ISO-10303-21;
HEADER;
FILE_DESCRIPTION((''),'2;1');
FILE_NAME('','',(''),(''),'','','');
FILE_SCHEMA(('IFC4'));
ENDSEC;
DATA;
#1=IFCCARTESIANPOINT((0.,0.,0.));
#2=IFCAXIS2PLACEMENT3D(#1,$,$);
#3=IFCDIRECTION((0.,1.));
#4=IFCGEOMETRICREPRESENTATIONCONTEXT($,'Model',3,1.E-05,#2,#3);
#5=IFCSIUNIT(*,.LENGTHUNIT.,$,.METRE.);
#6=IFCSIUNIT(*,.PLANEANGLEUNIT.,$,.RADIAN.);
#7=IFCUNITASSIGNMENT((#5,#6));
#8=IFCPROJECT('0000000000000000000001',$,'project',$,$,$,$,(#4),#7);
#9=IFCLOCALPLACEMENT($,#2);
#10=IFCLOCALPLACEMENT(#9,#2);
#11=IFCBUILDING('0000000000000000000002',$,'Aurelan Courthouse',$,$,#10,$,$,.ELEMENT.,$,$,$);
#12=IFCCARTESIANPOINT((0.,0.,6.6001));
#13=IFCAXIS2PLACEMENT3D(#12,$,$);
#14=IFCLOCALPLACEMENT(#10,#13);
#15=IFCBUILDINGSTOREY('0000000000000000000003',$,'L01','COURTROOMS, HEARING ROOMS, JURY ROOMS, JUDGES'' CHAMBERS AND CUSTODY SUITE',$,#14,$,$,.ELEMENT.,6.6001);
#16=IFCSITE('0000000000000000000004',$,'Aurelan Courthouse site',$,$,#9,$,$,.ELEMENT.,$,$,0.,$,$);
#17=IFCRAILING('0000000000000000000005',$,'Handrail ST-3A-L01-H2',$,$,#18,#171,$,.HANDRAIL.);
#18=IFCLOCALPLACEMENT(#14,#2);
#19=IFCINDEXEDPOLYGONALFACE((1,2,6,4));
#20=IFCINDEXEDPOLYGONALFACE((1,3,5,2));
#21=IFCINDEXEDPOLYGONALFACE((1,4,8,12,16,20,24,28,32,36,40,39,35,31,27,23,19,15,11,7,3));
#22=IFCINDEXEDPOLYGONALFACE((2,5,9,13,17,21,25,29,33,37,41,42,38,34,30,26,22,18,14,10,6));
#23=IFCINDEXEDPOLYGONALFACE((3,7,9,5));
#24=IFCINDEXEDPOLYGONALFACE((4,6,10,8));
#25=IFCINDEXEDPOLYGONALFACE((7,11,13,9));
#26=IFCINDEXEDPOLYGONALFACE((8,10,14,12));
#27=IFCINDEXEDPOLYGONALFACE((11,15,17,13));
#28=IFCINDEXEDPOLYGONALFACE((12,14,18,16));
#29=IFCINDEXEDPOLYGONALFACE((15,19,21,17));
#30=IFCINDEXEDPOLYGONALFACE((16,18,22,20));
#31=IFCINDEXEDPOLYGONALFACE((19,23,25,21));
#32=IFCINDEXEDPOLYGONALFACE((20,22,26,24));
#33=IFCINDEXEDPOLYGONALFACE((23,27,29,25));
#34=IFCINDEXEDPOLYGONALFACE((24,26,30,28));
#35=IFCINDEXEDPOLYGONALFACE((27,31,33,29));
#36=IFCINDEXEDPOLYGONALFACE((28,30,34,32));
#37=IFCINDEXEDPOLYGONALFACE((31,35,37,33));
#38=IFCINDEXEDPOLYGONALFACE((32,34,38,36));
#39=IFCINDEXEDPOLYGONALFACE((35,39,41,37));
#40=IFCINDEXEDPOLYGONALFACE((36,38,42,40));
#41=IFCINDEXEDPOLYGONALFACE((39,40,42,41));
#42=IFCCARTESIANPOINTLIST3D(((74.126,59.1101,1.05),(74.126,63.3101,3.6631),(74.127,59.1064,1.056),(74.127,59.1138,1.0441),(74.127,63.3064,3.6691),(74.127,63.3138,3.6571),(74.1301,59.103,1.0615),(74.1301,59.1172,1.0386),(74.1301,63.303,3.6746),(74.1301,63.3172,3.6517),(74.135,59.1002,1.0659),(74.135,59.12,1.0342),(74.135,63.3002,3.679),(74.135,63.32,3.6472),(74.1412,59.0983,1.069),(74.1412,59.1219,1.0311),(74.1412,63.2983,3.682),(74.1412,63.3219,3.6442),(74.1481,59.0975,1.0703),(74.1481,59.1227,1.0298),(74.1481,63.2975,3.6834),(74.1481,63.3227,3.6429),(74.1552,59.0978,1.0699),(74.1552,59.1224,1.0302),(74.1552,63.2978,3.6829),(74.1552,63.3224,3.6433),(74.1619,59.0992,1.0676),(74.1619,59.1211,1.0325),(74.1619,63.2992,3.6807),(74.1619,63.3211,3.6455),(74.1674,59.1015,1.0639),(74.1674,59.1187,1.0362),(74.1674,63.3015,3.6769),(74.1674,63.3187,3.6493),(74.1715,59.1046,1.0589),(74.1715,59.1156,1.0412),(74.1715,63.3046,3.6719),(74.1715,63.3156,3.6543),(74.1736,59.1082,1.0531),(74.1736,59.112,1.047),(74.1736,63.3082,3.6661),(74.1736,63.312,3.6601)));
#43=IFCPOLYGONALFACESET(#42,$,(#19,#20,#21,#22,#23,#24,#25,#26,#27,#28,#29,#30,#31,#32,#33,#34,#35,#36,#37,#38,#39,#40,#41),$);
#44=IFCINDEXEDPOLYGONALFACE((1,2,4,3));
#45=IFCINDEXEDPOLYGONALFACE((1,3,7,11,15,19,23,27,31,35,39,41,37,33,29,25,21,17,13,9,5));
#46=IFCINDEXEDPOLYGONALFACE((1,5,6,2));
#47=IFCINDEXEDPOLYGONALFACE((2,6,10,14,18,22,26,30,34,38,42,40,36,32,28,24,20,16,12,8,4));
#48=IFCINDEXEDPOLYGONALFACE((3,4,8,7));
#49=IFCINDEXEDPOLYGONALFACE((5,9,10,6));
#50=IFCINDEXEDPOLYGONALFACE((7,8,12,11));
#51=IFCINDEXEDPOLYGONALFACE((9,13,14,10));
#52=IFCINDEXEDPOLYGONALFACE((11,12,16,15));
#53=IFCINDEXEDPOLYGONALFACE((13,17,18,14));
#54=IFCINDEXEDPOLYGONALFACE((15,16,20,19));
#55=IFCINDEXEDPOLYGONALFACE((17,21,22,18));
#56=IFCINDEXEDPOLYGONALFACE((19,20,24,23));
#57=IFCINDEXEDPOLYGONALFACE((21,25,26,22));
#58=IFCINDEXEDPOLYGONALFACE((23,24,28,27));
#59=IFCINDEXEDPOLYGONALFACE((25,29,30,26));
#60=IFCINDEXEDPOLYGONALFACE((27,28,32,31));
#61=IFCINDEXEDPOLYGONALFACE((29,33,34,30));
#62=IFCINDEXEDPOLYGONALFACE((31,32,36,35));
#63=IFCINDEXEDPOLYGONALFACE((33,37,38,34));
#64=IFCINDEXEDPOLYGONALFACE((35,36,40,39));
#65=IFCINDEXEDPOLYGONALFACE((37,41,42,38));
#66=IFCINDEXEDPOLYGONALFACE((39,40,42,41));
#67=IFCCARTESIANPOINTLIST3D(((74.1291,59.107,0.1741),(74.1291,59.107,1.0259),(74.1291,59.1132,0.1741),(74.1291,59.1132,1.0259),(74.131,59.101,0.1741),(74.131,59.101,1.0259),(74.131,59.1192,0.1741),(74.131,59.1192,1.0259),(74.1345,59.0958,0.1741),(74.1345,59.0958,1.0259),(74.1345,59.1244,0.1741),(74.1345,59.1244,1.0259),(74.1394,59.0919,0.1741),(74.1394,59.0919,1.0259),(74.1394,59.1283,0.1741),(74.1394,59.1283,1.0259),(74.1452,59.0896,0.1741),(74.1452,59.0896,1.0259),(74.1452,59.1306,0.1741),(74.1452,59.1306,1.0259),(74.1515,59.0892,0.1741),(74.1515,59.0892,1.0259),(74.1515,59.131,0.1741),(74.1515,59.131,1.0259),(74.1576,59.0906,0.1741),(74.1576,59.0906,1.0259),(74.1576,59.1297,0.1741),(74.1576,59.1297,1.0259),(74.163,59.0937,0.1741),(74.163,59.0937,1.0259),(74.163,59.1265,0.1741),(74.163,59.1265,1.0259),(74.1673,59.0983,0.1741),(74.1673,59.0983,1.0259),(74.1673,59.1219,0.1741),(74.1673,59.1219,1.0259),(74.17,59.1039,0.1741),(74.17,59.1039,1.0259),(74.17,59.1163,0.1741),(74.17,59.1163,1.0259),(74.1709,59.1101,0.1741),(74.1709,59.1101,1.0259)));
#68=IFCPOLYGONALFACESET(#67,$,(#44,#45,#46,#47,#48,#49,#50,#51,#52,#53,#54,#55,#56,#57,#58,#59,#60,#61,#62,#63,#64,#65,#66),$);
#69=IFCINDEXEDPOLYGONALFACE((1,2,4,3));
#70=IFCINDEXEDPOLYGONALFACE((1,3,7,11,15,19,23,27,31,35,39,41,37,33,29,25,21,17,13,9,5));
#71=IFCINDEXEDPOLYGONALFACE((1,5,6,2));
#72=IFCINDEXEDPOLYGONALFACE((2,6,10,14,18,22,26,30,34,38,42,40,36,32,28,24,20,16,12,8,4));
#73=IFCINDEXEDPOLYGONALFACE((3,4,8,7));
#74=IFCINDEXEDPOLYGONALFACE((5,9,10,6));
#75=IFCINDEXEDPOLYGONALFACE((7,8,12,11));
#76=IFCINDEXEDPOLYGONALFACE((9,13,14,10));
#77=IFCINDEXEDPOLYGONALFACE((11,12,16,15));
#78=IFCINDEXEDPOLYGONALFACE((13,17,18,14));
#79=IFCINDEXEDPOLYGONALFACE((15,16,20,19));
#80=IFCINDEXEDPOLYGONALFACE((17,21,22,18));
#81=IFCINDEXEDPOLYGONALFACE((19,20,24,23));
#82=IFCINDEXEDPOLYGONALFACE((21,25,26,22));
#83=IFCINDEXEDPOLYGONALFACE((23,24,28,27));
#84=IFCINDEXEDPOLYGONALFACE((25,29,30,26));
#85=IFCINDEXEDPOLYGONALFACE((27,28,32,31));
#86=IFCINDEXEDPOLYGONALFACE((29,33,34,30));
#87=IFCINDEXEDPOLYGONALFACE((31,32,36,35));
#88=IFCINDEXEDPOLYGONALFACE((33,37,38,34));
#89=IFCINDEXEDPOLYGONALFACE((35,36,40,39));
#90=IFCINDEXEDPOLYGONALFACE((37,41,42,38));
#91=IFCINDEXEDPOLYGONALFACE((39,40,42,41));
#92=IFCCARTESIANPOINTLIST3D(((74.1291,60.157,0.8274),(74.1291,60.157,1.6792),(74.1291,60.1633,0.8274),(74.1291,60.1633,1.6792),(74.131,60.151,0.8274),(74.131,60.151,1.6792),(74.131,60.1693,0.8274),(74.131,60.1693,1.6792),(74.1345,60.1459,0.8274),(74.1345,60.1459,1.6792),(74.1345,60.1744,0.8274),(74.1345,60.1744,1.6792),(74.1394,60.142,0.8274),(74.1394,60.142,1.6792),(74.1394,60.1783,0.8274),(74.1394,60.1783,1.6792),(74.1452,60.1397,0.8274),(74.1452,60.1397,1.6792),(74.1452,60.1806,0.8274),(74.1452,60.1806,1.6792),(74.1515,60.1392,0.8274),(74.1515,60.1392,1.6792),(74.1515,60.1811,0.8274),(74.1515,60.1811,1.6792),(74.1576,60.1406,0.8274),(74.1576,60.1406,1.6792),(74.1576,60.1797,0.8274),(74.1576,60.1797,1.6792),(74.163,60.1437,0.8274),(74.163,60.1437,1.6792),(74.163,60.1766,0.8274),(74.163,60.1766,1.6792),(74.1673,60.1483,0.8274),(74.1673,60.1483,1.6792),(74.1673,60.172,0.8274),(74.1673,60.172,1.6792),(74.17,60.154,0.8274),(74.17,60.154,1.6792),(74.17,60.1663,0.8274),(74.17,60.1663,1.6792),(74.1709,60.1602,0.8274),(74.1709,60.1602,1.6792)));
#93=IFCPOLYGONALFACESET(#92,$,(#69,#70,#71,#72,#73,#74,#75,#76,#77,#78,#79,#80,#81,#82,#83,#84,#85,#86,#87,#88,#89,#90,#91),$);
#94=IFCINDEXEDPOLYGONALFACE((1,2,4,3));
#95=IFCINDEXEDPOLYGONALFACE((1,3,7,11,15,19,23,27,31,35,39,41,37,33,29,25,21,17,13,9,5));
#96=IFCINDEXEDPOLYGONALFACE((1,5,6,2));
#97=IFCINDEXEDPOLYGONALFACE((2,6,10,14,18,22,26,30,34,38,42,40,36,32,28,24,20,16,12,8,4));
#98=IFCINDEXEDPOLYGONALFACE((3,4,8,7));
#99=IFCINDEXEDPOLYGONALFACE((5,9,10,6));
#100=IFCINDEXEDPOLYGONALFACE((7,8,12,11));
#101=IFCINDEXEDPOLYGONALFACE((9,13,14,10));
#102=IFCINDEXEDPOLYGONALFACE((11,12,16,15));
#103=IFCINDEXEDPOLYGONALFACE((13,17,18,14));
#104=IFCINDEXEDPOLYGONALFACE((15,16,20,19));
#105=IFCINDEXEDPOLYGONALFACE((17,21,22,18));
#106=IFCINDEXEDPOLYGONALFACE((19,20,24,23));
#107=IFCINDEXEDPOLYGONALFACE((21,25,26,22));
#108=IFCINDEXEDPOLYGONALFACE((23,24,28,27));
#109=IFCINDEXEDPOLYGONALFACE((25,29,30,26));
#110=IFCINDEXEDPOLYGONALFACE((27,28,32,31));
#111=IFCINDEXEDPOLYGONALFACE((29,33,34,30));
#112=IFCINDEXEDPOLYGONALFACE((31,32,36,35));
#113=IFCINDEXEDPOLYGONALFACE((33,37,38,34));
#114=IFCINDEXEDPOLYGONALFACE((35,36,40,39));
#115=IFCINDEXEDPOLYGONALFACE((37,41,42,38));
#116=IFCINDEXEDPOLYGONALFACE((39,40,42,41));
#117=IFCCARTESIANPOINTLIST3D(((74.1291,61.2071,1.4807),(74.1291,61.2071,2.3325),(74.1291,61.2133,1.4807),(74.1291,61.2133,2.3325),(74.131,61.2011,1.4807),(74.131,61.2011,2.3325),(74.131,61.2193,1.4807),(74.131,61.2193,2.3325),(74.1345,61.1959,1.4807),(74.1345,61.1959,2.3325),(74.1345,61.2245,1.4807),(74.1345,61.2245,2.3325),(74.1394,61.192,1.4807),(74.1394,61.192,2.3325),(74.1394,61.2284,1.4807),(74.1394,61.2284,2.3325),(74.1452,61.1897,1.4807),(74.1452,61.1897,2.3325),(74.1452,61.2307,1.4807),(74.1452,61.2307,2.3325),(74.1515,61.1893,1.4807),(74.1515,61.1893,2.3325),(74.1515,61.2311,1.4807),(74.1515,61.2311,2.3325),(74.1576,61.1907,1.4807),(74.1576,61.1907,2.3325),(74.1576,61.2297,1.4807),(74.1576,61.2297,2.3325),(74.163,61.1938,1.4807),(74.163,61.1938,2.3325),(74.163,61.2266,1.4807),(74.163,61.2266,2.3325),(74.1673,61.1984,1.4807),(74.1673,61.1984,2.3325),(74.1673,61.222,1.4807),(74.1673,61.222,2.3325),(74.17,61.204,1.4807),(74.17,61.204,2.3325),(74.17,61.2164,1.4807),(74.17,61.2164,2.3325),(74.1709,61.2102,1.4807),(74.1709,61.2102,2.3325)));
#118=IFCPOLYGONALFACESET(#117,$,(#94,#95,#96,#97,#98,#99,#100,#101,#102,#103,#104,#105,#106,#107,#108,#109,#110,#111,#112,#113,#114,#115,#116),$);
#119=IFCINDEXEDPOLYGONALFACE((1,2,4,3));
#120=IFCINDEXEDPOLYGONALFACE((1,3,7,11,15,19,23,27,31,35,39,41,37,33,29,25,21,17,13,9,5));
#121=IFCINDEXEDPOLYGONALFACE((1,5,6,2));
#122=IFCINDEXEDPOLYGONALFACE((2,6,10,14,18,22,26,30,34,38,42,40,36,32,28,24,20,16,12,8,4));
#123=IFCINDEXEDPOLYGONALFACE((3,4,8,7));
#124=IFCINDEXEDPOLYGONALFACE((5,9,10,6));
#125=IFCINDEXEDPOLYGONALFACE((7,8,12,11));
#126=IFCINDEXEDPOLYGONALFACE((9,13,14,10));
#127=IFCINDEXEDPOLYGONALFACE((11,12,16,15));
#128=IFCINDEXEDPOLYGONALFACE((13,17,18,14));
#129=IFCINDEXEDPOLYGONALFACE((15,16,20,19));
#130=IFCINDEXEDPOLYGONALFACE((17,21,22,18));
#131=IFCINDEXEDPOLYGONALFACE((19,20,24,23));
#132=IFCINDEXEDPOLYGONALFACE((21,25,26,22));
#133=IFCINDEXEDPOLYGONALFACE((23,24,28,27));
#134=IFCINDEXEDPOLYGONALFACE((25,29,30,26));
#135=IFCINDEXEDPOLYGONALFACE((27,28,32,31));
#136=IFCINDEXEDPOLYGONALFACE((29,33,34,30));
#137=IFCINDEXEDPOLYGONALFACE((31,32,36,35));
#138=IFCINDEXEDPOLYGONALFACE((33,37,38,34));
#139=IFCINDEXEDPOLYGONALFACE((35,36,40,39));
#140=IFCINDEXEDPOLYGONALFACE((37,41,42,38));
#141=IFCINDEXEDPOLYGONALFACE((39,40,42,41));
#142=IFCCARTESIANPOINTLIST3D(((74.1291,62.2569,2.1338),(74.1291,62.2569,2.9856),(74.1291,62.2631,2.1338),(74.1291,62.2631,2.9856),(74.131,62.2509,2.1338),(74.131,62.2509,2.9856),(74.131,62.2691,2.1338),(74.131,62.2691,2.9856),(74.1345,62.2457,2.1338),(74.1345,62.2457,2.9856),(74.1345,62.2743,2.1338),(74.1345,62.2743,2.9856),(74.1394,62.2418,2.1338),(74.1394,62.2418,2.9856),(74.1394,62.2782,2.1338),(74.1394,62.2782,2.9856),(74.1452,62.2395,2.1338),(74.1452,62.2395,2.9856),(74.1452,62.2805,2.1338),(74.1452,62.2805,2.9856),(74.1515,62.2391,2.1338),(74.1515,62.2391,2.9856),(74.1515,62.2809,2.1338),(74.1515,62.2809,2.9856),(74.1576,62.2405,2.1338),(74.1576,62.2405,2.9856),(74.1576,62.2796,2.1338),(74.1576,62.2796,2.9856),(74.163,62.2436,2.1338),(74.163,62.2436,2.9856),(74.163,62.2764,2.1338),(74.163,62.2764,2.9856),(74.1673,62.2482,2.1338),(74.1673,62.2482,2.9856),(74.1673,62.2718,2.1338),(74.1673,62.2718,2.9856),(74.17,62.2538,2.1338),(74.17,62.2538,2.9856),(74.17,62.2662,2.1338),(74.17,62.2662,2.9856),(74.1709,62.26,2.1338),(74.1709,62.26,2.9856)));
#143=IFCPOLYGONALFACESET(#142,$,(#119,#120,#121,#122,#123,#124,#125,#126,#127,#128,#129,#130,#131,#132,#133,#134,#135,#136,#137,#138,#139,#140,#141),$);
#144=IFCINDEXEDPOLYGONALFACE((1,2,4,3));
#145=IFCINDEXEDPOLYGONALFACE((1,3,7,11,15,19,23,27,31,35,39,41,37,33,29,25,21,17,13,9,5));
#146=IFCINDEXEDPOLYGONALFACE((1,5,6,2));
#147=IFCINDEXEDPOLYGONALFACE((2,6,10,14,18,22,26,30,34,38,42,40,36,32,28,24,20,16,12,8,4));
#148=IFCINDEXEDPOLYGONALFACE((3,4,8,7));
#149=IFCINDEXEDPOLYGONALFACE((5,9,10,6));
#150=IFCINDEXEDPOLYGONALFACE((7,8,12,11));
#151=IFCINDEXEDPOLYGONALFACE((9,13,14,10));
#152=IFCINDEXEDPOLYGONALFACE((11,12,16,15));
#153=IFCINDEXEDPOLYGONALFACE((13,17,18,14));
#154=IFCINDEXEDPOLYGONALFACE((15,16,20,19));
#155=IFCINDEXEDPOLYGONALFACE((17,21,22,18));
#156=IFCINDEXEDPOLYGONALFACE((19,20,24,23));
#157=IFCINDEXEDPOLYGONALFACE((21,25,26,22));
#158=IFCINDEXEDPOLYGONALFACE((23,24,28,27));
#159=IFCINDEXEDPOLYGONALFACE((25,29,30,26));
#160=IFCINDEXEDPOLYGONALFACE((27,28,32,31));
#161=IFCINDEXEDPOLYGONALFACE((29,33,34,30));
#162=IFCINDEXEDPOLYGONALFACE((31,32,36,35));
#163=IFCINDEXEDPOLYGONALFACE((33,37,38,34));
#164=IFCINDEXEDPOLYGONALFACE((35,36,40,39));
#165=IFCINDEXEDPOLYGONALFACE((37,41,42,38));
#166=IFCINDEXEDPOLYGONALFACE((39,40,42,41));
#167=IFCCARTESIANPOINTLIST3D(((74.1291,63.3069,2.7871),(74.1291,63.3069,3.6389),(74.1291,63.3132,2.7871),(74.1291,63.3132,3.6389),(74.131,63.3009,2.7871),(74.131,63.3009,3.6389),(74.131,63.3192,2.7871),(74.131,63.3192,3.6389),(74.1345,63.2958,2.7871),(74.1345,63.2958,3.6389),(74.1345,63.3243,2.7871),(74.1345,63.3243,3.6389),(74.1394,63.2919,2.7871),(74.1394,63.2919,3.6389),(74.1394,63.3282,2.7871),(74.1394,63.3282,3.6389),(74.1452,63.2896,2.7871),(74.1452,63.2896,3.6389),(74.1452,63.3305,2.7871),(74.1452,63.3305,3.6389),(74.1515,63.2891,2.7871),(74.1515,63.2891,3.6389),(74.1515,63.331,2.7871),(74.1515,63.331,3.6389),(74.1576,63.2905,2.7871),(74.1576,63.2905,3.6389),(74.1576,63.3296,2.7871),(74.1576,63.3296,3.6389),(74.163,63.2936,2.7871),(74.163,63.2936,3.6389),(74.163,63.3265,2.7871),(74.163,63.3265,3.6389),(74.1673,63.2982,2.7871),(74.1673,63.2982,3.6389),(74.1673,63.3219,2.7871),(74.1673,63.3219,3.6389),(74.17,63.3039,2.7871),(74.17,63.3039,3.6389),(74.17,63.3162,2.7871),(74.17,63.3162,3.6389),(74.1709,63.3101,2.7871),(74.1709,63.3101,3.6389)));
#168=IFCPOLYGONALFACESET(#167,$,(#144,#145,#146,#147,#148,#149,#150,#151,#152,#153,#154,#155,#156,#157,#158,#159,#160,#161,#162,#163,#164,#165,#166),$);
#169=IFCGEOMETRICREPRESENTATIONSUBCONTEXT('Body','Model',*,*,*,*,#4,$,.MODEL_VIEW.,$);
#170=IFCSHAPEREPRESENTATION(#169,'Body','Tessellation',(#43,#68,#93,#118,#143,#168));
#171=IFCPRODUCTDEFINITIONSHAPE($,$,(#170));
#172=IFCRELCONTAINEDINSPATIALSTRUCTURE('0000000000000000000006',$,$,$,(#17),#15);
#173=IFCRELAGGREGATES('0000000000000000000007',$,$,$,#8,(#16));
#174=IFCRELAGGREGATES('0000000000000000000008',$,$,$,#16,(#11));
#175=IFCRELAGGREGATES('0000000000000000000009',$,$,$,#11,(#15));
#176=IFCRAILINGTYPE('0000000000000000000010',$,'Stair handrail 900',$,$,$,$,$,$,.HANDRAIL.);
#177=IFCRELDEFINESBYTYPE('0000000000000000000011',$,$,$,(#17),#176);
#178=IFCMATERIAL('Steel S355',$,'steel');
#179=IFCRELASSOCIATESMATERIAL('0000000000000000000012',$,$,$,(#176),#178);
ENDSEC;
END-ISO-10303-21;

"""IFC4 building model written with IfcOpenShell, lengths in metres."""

from ifc_helpers import new_model, si_unit, direction, frame, origin, origin_2d, place, context, subcontext, project, spatial, circle, extrude, material, type_object, element, save


model = new_model("IFC4")

# Units and contexts
model_context = context("Model", 3, precision=1e-05, world=origin(), true_north=direction((0.0, 1.0)))
body_context = subcontext(model_context, "Body", "Model", "MODEL_VIEW")
ifc_project = project(units=[si_unit("LENGTHUNIT", "METRE"), si_unit("PLANEANGLEUNIT", "RADIAN")], contexts=[model_context])

# Site, building, storey
site_placement = place(None, origin())
site = spatial("IfcSite", under=ifc_project, at=site_placement, Name="Aurelan Courthouse site", CompositionType="ELEMENT", RefElevation=0.0)
building_placement = place(site_placement, origin())
building = spatial("IfcBuilding", under=site, at=building_placement, Name="Aurelan Courthouse", CompositionType="ELEMENT")
storey_placement = place(building_placement, frame((0.0, 0.0, 6.6001)))
storey = spatial("IfcBuildingStorey", under=building, at=storey_placement, Name="L01", Description="COURTROOMS, HEARING ROOMS, JURY ROOMS, JUDGES' CHAMBERS AND CUSTODY SUITE", CompositionType="ELEMENT", Elevation=6.6001)

# Railing
ifc_material_1 = material(Name="Steel S355", Category="steel")
railing_type_1 = type_object("IfcRailingType", Name="Stair handrail 900", PredefinedType="HANDRAIL", material=ifc_material_1)
for number, where, name in (
    (1, (74.1499, 59.1101, 0.1741), "Handrail ST-3A-L01-H2"),
):
    element("IfcRailing", number, at=place(storey_placement, frame(where)), inside=storey, type_object=railing_type_1, Name=name, PredefinedType="HANDRAIL", context=body_context, shape_type="SweptSolid", body=[
        extrude(circle(Radius=0.0239, at=origin_2d()), frame((0.0, 0.0, 0.876), z_axis=(0.0, 0.849081, 0.528263), x_axis=(-1.0, 0.0, 0.0)), (0.0, 0.0, 1.0), 4.9465),
        extrude(circle(Radius=0.021, at=origin_2d()), origin(), (0.0, 0.0, 1.0), 0.8518),
        extrude(circle(Radius=0.021, at=origin_2d()), frame((0.0, 1.05, 0.6533)), (0.0, 0.0, 1.0), 0.8518),
        extrude(circle(Radius=0.021, at=origin_2d()), frame((0.0, 2.1001, 1.3066)), (0.0, 0.0, 1.0), 0.8518),
        extrude(circle(Radius=0.021, at=origin_2d()), frame((0.0, 3.1499, 1.9597)), (0.0, 0.0, 1.0), 0.8518),
        extrude(circle(Radius=0.021, at=origin_2d()), frame((0.0, 4.2, 2.613)), (0.0, 0.0, 1.0), 0.8518),
    ])

save(model, "model.ifc")
